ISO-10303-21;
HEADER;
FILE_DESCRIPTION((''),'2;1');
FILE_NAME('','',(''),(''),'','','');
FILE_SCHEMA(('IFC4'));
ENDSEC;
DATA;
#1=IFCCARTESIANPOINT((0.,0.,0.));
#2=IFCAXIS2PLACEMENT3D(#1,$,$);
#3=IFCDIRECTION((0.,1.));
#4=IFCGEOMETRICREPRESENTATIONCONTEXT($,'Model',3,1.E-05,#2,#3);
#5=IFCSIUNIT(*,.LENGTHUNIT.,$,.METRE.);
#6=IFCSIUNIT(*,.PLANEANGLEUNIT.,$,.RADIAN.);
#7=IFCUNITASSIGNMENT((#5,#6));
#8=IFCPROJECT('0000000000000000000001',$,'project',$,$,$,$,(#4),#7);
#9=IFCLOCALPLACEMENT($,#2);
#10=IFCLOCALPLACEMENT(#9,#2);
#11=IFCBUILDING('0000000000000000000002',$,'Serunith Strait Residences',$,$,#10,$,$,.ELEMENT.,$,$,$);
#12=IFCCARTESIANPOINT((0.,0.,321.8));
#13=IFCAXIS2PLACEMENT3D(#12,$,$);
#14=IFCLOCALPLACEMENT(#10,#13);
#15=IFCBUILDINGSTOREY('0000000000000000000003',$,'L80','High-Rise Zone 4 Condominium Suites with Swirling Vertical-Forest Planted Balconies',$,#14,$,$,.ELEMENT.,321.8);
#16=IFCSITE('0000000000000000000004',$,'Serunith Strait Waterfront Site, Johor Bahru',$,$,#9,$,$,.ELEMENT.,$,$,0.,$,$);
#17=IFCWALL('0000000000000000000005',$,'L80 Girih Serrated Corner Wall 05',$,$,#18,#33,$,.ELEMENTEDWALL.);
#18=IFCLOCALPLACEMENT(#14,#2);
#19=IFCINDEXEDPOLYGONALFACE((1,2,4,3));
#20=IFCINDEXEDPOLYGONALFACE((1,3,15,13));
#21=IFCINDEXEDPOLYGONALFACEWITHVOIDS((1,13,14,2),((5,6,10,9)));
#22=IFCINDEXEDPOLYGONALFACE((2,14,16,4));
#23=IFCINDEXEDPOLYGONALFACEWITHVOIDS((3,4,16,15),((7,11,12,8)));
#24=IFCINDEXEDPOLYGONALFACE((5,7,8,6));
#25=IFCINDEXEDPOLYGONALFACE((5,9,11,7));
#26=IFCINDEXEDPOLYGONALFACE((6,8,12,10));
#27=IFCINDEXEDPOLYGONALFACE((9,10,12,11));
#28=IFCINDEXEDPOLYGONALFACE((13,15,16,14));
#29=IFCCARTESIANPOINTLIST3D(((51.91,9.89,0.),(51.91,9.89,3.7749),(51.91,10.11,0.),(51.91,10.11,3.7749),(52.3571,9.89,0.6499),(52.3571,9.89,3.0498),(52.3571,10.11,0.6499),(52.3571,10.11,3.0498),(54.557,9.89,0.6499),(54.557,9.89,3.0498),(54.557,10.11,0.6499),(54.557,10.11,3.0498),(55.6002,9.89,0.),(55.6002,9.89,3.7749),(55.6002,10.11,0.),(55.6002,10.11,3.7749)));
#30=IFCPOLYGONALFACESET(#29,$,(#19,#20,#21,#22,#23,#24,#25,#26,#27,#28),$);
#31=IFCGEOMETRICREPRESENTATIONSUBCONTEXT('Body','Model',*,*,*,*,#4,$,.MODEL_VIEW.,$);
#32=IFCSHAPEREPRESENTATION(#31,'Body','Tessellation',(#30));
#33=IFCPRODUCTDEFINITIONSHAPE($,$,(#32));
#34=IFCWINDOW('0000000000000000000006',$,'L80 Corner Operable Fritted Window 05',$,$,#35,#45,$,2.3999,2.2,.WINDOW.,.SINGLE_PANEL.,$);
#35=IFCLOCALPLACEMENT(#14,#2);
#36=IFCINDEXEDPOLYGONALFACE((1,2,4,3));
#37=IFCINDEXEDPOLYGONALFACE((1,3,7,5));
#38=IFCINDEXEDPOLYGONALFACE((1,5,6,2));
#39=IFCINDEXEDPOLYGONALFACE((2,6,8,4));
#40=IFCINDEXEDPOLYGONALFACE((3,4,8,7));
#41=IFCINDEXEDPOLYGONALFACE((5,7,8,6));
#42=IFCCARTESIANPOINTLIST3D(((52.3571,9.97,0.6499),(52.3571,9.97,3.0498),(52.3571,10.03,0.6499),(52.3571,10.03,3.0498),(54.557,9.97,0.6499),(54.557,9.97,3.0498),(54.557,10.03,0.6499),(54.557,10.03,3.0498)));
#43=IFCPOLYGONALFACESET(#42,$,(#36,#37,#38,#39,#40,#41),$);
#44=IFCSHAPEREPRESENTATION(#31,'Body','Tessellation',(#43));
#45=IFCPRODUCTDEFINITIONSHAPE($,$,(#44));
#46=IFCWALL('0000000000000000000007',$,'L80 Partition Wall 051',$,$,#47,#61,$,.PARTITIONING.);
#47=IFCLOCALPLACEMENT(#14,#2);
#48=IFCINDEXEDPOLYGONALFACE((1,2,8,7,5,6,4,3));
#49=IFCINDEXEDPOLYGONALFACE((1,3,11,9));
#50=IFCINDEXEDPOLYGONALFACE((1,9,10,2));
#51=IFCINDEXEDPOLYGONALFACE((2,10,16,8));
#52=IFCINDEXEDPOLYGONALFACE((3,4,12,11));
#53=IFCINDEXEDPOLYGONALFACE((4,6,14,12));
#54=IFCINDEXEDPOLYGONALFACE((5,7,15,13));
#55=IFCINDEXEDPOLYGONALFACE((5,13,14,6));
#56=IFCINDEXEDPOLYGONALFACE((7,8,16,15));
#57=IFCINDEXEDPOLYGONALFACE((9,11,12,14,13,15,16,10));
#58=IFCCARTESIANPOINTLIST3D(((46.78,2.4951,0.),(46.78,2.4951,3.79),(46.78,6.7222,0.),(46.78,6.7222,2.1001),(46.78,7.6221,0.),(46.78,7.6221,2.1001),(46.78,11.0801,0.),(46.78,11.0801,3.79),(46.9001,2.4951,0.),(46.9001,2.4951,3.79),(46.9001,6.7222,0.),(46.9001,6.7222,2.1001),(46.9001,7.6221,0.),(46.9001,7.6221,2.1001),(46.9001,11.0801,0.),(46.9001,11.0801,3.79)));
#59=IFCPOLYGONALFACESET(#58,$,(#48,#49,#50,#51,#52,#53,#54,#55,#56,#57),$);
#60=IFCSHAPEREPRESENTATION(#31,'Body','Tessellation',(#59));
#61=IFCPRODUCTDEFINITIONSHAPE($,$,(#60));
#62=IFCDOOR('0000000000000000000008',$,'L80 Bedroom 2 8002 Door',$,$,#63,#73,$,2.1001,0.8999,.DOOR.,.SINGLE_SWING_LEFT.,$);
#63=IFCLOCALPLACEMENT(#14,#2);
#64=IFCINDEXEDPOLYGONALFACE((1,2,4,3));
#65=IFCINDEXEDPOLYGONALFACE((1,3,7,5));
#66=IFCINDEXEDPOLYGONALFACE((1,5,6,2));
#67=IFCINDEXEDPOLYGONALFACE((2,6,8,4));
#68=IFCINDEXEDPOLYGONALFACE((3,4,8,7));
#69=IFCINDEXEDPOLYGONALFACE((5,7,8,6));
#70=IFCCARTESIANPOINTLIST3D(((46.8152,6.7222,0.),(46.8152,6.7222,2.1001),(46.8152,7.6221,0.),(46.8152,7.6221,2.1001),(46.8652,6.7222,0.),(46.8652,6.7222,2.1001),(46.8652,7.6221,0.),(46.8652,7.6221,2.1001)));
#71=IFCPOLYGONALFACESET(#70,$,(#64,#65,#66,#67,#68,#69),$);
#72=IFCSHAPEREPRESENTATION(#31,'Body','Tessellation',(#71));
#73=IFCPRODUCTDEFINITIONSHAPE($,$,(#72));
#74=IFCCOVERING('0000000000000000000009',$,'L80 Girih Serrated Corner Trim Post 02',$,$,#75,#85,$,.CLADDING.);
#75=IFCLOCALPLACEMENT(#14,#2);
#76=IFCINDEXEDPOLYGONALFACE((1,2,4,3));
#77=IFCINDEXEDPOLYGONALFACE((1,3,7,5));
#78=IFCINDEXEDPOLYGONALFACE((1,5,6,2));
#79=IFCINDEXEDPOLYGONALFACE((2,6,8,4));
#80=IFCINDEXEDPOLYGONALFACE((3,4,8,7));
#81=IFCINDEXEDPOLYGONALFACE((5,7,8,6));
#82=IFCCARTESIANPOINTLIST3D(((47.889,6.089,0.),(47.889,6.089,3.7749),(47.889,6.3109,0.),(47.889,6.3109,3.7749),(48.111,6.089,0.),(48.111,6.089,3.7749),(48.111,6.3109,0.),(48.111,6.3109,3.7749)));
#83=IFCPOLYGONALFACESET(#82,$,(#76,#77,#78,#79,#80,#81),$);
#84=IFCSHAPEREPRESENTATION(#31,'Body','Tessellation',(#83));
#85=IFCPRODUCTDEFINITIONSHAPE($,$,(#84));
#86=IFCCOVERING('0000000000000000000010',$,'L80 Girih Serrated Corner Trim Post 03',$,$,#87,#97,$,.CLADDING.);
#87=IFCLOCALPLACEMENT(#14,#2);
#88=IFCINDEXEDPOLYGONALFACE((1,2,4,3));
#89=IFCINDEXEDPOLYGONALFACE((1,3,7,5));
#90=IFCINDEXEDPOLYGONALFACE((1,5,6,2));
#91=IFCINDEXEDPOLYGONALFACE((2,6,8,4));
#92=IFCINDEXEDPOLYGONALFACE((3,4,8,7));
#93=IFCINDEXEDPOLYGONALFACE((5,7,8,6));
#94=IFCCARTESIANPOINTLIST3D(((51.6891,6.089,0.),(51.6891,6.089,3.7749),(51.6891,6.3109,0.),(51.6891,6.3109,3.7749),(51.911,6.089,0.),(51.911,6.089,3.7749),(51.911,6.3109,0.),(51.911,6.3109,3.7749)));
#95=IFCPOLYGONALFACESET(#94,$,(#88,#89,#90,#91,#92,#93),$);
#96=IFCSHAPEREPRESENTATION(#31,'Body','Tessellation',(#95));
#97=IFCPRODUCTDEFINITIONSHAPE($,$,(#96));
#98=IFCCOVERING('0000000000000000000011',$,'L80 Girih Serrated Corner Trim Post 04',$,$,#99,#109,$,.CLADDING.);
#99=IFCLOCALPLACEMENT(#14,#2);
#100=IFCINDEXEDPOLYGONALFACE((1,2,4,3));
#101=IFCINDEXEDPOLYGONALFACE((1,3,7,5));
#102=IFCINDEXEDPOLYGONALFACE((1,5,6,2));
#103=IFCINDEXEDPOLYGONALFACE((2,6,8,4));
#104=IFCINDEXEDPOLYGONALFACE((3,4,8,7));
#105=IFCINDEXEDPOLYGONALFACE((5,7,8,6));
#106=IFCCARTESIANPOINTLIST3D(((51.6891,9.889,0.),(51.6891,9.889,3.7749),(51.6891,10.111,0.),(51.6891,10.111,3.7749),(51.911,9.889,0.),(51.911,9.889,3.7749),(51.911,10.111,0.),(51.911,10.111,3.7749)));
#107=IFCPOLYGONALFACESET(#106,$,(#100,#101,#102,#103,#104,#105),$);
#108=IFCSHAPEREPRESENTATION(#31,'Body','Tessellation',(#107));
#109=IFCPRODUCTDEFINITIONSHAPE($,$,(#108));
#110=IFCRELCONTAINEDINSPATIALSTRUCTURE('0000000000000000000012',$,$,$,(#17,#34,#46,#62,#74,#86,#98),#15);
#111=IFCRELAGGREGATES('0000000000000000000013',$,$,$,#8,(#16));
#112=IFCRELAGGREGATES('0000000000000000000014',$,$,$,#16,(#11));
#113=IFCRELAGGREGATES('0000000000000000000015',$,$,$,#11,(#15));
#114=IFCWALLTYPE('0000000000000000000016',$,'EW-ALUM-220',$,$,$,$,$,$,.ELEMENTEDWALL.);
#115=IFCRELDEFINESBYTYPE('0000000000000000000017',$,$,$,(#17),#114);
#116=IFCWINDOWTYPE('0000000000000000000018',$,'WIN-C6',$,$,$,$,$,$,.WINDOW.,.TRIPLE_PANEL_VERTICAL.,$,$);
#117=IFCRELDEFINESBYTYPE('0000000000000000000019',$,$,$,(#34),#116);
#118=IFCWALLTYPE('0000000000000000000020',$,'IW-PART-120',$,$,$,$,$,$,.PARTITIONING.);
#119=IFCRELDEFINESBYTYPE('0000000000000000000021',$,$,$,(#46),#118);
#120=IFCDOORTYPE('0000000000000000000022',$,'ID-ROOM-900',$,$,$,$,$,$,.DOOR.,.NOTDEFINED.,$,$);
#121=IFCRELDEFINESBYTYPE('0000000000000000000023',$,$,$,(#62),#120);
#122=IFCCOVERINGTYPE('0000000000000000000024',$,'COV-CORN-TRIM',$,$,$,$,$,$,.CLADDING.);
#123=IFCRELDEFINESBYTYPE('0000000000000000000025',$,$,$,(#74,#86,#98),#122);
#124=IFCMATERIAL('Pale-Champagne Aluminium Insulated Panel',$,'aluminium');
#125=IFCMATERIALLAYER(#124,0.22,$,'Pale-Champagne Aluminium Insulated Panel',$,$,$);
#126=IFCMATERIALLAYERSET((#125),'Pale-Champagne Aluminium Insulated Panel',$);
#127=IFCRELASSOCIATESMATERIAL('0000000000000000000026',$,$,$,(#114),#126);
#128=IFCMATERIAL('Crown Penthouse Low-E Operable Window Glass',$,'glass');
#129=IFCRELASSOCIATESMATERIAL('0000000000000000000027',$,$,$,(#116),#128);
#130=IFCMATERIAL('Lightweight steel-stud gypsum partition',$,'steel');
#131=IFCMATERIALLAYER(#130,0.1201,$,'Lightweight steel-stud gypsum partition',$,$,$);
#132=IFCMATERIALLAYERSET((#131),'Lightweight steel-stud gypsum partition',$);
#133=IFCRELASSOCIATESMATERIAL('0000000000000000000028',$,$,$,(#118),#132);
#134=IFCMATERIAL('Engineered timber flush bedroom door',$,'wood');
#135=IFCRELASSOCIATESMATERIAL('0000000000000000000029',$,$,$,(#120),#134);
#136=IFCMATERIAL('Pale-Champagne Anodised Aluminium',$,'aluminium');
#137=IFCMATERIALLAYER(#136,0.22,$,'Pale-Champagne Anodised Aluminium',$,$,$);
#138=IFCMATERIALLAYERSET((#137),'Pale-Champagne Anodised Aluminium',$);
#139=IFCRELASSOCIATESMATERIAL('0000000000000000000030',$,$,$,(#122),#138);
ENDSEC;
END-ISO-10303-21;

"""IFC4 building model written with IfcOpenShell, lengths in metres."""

from ifc_helpers import new_model, si_unit, direction, frame, frame_2d, origin, origin_2d, place, context, subcontext, project, spatial, rectangle, extrude, source, transform, mapped, material, layer, layer_set, type_object, element, fill, save


model = new_model("IFC4")

# Units and contexts
model_context = context("Model", 3, precision=1e-05, world=origin(), true_north=direction((0.0, 1.0)))
body_context = subcontext(model_context, "Body", "Model", "MODEL_VIEW")
ifc_project = project(units=[si_unit("LENGTHUNIT", "METRE"), si_unit("PLANEANGLEUNIT", "RADIAN")], contexts=[model_context])

# Site, building, storey
site_placement = place(None, origin())
site = spatial("IfcSite", under=ifc_project, at=site_placement, Name="Serunith Strait Waterfront Site, Johor Bahru", CompositionType="ELEMENT", RefElevation=0.0)
building_placement = place(site_placement, origin())
building = spatial("IfcBuilding", under=site, at=building_placement, Name="Serunith Strait Residences", CompositionType="ELEMENT")
storey_placement = place(building_placement, frame((0.0, 0.0, 321.8)))
storey = spatial("IfcBuildingStorey", under=building, at=storey_placement, Name="L80", Description="High-Rise Zone 4 Condominium Suites with Swirling Vertical-Forest Planted Balconies", CompositionType="ELEMENT", Elevation=321.8)

# Wall, opening, window
ifc_material_1 = material(Name="Pale-Champagne Aluminium Insulated Panel", Category="aluminium")
ifc_layer_1 = layer(ifc_material_1, 0.22, Name="Pale-Champagne Aluminium Insulated Panel")
ifc_layer_set_1 = layer_set([ifc_layer_1], Name="Pale-Champagne Aluminium Insulated Panel")
wall_type_1 = type_object("IfcWallType", Name="EW-ALUM-220", PredefinedType="ELEMENTEDWALL", material=ifc_layer_set_1)
ifc_material_2 = material(Name="Crown Penthouse Low-E Operable Window Glass", Category="glass")
window_type = type_object("IfcWindowType", Name="WIN-C6", PartitioningType="TRIPLE_PANEL_VERTICAL", PredefinedType="WINDOW", material=ifc_material_2)
shared_shape_1 = source(origin(), body_context, "Body", "SweptSolid", [
    extrude(rectangle(XDim=2.2, YDim=2.3999, at=frame_2d((1.1001, 1.2))), frame((0.0, 0.03, 0.0), z_axis=(0.0, -1.0, 0.0), x_axis=(1.0, 0.0, 0.0)), (0.0, 0.0, 1.0), 0.0601),
])
wall_1_placement = place(storey_placement, frame((51.9099, 10.0, 0.0), z_axis=(0.0, 0.0, 1.0), x_axis=(1.0, 0.0, 0.0)))
wall_1 = element("IfcWall", 1, at=wall_1_placement, inside=storey, type_object=wall_type_1, Name="L80 Girih Serrated Corner Wall 05", PredefinedType="ELEMENTEDWALL", context=body_context, shape_type="SweptSolid", body=[
    extrude(rectangle(XDim=3.6902, YDim=0.22, at=frame_2d((1.8452, 0.0))), origin(), (0.0, 0.0, 1.0), 3.7749),
])
opening_1_placement = place(wall_1_placement, frame((0.447, 0.0, 0.6499)))
opening_1 = element("IfcOpeningElement", 2, at=opening_1_placement, cuts=wall_1, PredefinedType="OPENING", context=body_context, shape_type="SweptSolid", body=[
    extrude(rectangle(XDim=2.2, YDim=2.3999, at=frame_2d((1.1001, 1.2))), frame((0.0, 0.1201, 0.0), z_axis=(0.0, -1.0, 0.0), x_axis=(1.0, 0.0, 0.0)), (0.0, 0.0, 1.0), 0.24),
])
window_1_placement = place(opening_1_placement, origin())
window_1 = element("IfcWindow", 3, at=window_1_placement, inside=storey, type_object=window_type, Name="L80 Corner Operable Fritted Window 05", OverallHeight=2.3999, OverallWidth=2.2, PartitioningType="SINGLE_PANEL", PredefinedType="WINDOW", context=body_context, shape_type="MappedRepresentation", body=[
    mapped(shared_shape_1, transform((0.0, 0.0, 0.0), scale=1.0)),
])
fill(opening_1, window_1)

# Wall, opening, door
ifc_material_3 = material(Name="Lightweight steel-stud gypsum partition", Category="steel")
ifc_layer_2 = layer(ifc_material_3, 0.1201, Name="Lightweight steel-stud gypsum partition")
ifc_layer_set_2 = layer_set([ifc_layer_2], Name="Lightweight steel-stud gypsum partition")
wall_type_2 = type_object("IfcWallType", Name="IW-PART-120", PredefinedType="PARTITIONING", material=ifc_layer_set_2)
wall_2_placement = place(storey_placement, frame((46.8401, 2.4951, 0.0), z_axis=(0.0, 0.0, 1.0), x_axis=(0.0, 1.0, 0.0)))
wall_2 = element("IfcWall", 4, at=wall_2_placement, inside=storey, type_object=wall_type_2, Name="L80 Partition Wall 051", PredefinedType="PARTITIONING", context=body_context, shape_type="SweptSolid", body=[
    extrude(rectangle(XDim=8.585, YDim=0.1201, at=frame_2d((4.2925, 0.0))), origin(), (0.0, 0.0, 1.0), 3.79),
])
opening_2_placement = place(wall_2_placement, frame((4.2271, 0.0, 0.0)))
opening_2 = element("IfcOpeningElement", 5, at=opening_2_placement, cuts=wall_2, PredefinedType="OPENING", context=body_context, shape_type="SweptSolid", body=[
    extrude(rectangle(XDim=0.8999, YDim=2.1001, at=frame_2d((0.45, 1.05))), frame((0.0, 0.0701, 0.0), z_axis=(0.0, -1.0, 0.0), x_axis=(1.0, 0.0, 0.0)), (0.0, 0.0, 1.0), 0.1401),
])
ifc_material_4 = material(Name="Engineered timber flush bedroom door", Category="wood")
door_type = type_object("IfcDoorType", Name="ID-ROOM-900", OperationType="NOTDEFINED", PredefinedType="DOOR", material=ifc_material_4)
shared_shape_2 = source(origin(), body_context, "Body", "SweptSolid", [
    extrude(rectangle(XDim=0.8999, YDim=2.1001, at=frame_2d((0.45, 1.05))), frame((0.0, 0.0249, 0.0), z_axis=(0.0, -1.0, 0.0), x_axis=(1.0, 0.0, 0.0)), (0.0, 0.0, 1.0), 0.05),
])
door_placement = place(opening_2_placement, origin())
door = element("IfcDoor", 6, at=door_placement, inside=storey, type_object=door_type, Name="L80 Bedroom 2 8002 Door", OperationType="SINGLE_SWING_LEFT", OverallHeight=2.1001, OverallWidth=0.8999, PredefinedType="DOOR", context=body_context, shape_type="MappedRepresentation", body=[
    mapped(shared_shape_2, transform((0.0, 0.0, 0.0), scale=1.0)),
])
fill(opening_2, door)

# Coverings
ifc_material_5 = material(Name="Pale-Champagne Anodised Aluminium", Category="aluminium")
ifc_layer_3 = layer(ifc_material_5, 0.22, Name="Pale-Champagne Anodised Aluminium")
ifc_layer_set_3 = layer_set([ifc_layer_3], Name="Pale-Champagne Anodised Aluminium")
covering_type = type_object("IfcCoveringType", Name="COV-CORN-TRIM", PredefinedType="CLADDING", material=ifc_layer_set_3)
shared_shape_3 = source(origin(), body_context, "Body", "SweptSolid", [
    extrude(rectangle(XDim=0.2219, YDim=0.2219, at=origin_2d()), origin(), (0.0, 0.0, 1.0), 3.7749),
])
for number, where, z_axis, x_axis, name in (
    (7, (48.0, 6.2, 0.0), (0.0, 0.0, 1.0), (1.0, 0.0, 0.0), "L80 Girih Serrated Corner Trim Post 02"),
    (8, (51.8, 6.2, 0.0), (0.0, 0.0, 1.0), (1.0, 0.0, 0.0), "L80 Girih Serrated Corner Trim Post 03"),
    (9, (51.8, 10.0, 0.0), (0.0, 0.0, 1.0), (1.0, 0.0, 0.0), "L80 Girih Serrated Corner Trim Post 04"),
):
    element("IfcCovering", number, at=place(storey_placement, frame(where, z_axis=z_axis, x_axis=x_axis)), inside=storey, type_object=covering_type, Name=name, PredefinedType="CLADDING", context=body_context, shape_type="MappedRepresentation", body=[
        mapped(shared_shape_3, transform((0.0, 0.0, 0.0), scale=1.0)),
    ])

save(model, "model.ifc")
